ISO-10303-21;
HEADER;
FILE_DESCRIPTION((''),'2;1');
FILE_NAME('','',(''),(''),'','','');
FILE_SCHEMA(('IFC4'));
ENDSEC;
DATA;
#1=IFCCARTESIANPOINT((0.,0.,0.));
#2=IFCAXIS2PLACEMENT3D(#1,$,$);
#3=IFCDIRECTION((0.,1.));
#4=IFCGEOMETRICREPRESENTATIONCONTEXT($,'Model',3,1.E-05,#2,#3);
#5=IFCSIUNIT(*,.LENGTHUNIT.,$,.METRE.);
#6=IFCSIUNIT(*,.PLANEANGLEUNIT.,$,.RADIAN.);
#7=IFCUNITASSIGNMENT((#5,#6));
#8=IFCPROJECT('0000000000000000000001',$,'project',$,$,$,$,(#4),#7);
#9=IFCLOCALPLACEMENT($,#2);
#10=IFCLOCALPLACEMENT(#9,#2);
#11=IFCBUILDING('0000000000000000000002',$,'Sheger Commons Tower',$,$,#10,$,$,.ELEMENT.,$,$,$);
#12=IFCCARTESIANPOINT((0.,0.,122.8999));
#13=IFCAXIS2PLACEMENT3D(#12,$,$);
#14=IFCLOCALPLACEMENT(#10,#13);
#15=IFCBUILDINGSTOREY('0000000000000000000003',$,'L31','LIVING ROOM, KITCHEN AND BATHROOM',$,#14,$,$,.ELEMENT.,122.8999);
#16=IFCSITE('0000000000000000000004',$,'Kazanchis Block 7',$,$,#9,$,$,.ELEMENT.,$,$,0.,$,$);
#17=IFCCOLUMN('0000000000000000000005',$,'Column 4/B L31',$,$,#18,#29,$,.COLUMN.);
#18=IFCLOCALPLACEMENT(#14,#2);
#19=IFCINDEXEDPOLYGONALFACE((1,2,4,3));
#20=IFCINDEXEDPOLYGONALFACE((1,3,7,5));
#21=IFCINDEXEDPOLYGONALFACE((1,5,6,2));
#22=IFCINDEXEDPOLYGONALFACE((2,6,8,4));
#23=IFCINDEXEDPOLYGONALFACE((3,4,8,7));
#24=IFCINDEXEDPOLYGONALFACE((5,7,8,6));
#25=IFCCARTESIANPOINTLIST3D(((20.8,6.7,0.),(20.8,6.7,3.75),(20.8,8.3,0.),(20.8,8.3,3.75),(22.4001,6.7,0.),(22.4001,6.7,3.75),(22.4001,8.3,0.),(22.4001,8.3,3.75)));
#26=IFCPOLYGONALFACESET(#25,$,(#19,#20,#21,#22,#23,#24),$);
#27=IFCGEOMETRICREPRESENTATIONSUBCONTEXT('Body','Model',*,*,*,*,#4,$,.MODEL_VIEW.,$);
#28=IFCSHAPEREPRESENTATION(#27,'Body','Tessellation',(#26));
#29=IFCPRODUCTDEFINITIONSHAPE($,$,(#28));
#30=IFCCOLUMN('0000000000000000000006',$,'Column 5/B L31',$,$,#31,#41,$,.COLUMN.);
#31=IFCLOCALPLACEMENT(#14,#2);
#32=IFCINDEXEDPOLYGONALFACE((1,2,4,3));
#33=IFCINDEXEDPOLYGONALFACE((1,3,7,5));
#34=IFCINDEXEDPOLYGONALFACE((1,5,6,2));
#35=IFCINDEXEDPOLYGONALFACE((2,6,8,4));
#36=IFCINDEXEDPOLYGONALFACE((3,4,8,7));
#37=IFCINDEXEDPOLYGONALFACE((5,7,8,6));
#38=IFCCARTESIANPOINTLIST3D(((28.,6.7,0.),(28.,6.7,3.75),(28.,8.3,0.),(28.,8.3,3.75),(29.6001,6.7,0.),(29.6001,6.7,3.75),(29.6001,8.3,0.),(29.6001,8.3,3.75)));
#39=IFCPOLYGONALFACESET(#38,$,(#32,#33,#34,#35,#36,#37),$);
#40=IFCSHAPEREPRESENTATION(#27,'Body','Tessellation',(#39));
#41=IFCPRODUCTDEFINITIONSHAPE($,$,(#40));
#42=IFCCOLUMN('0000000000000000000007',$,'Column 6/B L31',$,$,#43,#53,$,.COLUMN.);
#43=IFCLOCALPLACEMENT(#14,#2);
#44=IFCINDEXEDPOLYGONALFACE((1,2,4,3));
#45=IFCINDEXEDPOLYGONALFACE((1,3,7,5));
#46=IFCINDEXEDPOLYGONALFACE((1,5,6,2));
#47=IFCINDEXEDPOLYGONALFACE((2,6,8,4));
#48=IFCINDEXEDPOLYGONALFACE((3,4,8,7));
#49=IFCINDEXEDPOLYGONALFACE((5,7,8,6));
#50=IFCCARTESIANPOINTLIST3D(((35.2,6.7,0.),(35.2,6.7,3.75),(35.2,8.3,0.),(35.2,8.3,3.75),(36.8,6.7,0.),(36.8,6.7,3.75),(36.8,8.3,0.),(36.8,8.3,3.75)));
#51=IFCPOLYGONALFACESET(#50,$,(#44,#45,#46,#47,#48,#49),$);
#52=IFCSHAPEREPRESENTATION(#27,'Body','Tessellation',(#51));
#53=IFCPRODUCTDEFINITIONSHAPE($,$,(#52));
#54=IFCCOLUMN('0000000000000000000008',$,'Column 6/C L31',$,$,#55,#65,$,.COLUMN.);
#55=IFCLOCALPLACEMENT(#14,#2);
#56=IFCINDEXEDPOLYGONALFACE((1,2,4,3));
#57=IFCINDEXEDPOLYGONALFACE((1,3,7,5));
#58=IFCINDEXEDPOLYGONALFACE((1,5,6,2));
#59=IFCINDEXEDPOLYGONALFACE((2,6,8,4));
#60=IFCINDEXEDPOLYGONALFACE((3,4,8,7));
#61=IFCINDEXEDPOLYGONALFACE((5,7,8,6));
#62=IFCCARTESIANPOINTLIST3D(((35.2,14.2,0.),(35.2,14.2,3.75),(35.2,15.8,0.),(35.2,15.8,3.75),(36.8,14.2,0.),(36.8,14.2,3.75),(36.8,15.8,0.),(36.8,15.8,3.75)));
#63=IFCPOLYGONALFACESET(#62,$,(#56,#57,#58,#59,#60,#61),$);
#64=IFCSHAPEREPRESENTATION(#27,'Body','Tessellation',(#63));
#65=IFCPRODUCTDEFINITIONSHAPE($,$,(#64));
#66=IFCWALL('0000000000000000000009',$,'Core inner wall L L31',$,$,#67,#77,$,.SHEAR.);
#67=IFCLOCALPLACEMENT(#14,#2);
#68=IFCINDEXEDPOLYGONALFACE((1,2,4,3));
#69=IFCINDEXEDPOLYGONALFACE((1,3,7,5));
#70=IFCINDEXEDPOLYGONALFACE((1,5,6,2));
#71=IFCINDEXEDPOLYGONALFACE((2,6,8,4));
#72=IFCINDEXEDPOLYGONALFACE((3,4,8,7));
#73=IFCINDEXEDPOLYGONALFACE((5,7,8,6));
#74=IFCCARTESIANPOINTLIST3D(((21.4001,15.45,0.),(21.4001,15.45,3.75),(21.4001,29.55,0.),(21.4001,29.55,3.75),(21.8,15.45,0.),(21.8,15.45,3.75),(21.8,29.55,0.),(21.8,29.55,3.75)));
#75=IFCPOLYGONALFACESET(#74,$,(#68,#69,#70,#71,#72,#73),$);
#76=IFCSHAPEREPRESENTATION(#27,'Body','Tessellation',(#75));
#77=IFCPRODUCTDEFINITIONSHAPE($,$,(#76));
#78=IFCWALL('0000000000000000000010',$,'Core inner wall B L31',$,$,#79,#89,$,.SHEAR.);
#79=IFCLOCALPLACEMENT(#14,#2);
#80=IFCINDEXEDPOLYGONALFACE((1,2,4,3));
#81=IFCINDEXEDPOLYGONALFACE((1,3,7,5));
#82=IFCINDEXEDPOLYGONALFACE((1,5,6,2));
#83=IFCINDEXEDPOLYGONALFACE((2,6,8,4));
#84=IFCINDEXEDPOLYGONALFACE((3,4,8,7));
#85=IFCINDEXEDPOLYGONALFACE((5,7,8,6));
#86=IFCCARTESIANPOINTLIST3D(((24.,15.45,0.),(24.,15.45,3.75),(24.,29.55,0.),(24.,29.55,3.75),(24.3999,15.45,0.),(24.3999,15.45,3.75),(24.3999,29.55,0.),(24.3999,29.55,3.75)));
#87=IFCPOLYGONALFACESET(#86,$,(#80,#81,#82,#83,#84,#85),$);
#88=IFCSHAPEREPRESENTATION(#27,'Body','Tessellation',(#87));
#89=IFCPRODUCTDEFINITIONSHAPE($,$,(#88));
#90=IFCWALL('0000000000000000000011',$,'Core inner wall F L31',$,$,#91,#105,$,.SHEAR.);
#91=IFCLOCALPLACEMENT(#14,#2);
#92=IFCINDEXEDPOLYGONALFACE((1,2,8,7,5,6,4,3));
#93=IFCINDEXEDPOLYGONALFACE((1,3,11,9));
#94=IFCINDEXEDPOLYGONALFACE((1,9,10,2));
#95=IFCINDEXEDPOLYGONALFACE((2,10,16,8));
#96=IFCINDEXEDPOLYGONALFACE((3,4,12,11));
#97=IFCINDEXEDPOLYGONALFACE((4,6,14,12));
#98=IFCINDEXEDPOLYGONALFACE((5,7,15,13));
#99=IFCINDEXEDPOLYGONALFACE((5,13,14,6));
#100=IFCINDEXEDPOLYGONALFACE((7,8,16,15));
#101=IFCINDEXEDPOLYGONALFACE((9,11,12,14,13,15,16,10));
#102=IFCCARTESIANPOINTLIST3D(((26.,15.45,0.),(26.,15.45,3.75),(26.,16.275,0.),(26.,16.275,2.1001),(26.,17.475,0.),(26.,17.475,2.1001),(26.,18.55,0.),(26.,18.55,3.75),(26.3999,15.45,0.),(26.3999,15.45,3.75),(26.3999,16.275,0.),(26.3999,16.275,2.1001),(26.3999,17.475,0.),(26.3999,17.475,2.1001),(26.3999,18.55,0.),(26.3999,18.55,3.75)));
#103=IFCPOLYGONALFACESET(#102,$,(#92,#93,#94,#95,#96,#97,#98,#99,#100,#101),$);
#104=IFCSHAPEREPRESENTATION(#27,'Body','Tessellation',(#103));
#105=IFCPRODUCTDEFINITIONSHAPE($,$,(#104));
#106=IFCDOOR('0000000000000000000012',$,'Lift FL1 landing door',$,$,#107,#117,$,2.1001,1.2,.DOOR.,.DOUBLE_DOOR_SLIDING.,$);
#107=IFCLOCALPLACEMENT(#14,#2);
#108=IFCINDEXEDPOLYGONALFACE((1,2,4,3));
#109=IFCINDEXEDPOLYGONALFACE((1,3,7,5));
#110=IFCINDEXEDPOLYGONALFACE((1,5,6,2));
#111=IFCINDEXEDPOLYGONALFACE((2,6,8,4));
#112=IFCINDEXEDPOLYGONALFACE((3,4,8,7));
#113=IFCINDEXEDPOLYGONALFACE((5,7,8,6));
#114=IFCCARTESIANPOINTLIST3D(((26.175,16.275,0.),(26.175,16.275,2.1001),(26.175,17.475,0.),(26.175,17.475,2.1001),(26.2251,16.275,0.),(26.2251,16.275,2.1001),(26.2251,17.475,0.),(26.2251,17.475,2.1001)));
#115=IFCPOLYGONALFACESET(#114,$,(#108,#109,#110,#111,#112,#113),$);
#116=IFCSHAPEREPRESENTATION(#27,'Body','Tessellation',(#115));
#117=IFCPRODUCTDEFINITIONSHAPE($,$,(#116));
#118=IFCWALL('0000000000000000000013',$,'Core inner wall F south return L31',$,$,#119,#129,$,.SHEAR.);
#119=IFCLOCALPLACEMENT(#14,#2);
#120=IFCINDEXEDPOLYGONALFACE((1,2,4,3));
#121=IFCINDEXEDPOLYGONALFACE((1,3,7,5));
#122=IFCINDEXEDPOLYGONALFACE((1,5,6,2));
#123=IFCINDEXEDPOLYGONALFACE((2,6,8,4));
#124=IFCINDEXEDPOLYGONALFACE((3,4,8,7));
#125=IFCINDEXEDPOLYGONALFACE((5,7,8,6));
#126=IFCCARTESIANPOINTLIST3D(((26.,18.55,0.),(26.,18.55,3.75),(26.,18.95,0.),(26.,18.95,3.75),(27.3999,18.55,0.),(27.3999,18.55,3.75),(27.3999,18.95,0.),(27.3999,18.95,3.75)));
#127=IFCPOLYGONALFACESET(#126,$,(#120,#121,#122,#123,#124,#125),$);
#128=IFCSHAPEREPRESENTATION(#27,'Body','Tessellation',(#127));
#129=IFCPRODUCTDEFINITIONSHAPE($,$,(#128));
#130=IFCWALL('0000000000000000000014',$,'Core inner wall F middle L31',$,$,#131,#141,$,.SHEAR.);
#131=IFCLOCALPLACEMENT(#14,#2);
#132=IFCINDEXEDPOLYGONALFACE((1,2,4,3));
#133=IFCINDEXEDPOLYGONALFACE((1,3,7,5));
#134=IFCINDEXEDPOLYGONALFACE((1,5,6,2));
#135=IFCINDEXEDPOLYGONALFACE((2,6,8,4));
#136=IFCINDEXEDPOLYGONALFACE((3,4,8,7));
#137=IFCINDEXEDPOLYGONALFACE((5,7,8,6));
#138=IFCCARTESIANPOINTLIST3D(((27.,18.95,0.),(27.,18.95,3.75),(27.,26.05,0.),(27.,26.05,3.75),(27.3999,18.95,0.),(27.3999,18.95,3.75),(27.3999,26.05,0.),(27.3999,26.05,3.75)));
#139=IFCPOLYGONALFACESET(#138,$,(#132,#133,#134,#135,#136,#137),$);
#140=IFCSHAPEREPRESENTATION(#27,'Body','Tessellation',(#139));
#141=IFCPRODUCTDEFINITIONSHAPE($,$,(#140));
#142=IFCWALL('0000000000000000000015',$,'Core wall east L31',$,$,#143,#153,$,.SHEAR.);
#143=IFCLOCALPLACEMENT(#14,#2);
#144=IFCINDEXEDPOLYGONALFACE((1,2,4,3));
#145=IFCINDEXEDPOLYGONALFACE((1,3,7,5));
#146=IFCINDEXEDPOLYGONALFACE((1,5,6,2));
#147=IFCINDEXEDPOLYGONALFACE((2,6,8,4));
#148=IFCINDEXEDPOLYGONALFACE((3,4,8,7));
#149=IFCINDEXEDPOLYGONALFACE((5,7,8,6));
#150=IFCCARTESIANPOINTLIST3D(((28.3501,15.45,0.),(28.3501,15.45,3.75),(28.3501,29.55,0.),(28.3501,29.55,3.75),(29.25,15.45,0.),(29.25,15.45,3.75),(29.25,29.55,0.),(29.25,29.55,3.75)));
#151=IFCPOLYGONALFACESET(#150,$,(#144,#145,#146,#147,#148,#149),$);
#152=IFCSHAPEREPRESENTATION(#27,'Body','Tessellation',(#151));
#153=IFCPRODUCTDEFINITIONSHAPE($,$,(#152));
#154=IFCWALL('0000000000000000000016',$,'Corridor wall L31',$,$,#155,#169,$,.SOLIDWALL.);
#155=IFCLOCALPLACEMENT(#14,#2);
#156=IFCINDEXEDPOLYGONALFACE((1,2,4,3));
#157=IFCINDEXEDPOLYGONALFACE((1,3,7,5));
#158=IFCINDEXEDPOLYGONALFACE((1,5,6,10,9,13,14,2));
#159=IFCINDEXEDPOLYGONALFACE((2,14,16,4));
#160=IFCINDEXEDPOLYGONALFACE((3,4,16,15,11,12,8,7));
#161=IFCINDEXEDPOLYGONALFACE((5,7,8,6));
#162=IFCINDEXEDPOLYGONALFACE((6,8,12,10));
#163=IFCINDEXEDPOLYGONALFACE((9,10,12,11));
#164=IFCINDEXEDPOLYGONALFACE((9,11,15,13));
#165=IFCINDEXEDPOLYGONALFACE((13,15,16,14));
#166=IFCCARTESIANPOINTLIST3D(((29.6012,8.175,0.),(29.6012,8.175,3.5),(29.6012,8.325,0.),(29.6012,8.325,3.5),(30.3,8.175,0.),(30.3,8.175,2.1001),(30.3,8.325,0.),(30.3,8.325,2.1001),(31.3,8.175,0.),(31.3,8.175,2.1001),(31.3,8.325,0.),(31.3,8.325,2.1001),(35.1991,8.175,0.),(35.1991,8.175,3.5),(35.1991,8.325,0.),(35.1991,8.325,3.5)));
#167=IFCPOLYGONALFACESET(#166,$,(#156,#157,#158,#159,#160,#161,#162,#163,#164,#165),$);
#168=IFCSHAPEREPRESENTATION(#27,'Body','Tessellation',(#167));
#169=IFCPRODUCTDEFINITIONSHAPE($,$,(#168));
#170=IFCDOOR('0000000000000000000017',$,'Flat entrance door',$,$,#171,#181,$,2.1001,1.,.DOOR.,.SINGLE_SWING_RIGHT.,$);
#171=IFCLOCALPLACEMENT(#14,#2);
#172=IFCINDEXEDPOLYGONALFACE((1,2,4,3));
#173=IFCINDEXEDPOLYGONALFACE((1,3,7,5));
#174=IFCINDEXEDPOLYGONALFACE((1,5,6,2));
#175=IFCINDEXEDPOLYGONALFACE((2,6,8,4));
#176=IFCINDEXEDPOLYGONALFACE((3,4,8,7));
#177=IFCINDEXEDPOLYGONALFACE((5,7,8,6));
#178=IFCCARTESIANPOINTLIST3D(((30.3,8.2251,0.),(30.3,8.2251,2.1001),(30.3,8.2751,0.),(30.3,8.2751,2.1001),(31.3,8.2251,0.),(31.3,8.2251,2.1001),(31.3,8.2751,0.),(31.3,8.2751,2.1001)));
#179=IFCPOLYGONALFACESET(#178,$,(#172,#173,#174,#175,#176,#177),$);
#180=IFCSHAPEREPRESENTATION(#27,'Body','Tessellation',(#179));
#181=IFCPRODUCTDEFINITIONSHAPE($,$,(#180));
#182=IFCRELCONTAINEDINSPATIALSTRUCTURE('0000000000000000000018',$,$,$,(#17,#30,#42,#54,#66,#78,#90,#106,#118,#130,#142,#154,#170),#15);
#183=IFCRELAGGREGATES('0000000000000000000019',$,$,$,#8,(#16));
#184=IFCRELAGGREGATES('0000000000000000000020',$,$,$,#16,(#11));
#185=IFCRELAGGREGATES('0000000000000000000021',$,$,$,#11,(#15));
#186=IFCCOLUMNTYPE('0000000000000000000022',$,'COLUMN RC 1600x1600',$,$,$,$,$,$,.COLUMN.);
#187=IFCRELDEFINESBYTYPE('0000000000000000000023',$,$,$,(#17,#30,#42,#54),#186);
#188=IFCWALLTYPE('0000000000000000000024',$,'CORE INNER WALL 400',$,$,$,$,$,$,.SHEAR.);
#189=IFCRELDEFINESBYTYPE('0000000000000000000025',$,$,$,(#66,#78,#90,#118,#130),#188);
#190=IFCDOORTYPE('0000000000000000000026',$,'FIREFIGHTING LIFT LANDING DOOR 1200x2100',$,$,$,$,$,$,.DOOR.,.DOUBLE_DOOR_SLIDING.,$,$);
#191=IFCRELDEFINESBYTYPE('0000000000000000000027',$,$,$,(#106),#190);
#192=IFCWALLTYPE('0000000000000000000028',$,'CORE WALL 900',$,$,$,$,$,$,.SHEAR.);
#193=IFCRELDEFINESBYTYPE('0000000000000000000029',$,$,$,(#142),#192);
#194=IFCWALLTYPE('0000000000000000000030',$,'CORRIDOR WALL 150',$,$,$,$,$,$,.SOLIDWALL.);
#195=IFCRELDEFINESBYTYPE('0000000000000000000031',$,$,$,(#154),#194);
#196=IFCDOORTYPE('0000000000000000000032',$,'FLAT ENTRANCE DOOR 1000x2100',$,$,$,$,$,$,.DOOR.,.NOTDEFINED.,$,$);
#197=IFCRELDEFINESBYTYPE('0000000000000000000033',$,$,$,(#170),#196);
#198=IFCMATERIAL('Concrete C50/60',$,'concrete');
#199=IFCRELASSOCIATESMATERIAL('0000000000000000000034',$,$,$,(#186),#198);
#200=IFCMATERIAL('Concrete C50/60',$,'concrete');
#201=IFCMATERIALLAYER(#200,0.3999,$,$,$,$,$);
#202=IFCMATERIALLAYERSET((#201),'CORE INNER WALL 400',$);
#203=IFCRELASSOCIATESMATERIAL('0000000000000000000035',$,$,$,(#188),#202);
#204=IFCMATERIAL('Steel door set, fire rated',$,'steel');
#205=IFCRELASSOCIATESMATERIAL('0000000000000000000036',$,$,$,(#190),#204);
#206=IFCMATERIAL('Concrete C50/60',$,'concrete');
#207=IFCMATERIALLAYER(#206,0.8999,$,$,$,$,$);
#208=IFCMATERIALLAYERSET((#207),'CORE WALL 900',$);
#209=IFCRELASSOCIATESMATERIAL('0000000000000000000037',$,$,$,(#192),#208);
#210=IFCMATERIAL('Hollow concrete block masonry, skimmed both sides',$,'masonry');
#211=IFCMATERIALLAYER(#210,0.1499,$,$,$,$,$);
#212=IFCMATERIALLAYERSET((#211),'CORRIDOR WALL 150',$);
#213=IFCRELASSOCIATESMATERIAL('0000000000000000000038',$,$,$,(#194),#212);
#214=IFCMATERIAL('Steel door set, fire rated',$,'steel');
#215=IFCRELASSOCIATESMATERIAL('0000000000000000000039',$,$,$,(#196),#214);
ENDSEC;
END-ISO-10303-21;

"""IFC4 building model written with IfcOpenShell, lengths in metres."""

from ifc_helpers import new_model, si_unit, direction, frame, frame_2d, origin, origin_2d, place, context, subcontext, project, spatial, rectangle, extrude, material, layer, layer_set, material_profile, profile_set, type_object, element, fill, save


model = new_model("IFC4")

# Units and contexts
model_context = context("Model", 3, precision=1e-05, world=origin(), true_north=direction((0.0, 1.0)))
body_context = subcontext(model_context, "Body", "Model", "MODEL_VIEW")
ifc_project = project(units=[si_unit("LENGTHUNIT", "METRE"), si_unit("PLANEANGLEUNIT", "RADIAN")], contexts=[model_context])

# Site, building, storey
site_placement = place(None, origin())
site = spatial("IfcSite", under=ifc_project, at=site_placement, Name="Kazanchis Block 7", CompositionType="ELEMENT", RefElevation=0.0)
building_placement = place(site_placement, origin())
building = spatial("IfcBuilding", under=site, at=building_placement, Name="Sheger Commons Tower", CompositionType="ELEMENT")
storey_placement = place(building_placement, frame((0.0, 0.0, 122.8999)))
storey = spatial("IfcBuildingStorey", under=building, at=storey_placement, Name="L31", Description="LIVING ROOM, KITCHEN AND BATHROOM", CompositionType="ELEMENT", Elevation=122.8999)

# Columns
ifc_material_1 = material(Name="Concrete C50/60", Category="concrete")
ifc_material_profile = material_profile(ifc_material_1, rectangle(XDim=1.6001, YDim=1.6001, at=origin_2d()), Name="RC 1600x1600")
ifc_profile_set = profile_set([ifc_material_profile], Name="Concrete C50/60")
column_type = type_object("IfcColumnType", Name="COLUMN RC 1600x1600", PredefinedType="COLUMN", material=ifc_profile_set)
for number, where, z_axis, x_axis, name in (
    (1, (21.6001, 7.5, 0.0), (0.0, 0.0, 1.0), (1.0, 0.0, 0.0), "Column 4/B L31"),
    (2, (28.8, 7.5, 0.0), (0.0, 0.0, 1.0), (1.0, 0.0, 0.0), "Column 5/B L31"),
    (3, (36.0, 7.5, 0.0), (0.0, 0.0, 1.0), (1.0, 0.0, 0.0), "Column 6/B L31"),
    (4, (36.0, 15.0, 0.0), (0.0, 0.0, 1.0), (1.0, 0.0, 0.0), "Column 6/C L31"),
):
    element("IfcColumn", number, at=place(storey_placement, frame(where, z_axis=z_axis, x_axis=x_axis)), inside=storey, type_object=column_type, Name=name, PredefinedType="COLUMN", context=body_context, shape_type="SweptSolid", body=[
        extrude(rectangle(XDim=1.6001, YDim=1.6001, at=origin_2d()), origin(), (0.0, 0.0, 1.0), 3.75),
    ])

# Walls
ifc_material_2 = material(Name="Concrete C50/60", Category="concrete")
ifc_layer_1 = layer(ifc_material_2, 0.3999)
ifc_layer_set_1 = layer_set([ifc_layer_1], Name="CORE INNER WALL 400")
wall_type_1 = type_object("IfcWallType", Name="CORE INNER WALL 400", PredefinedType="SHEAR", material=ifc_layer_set_1)
for number, where, z_axis, x_axis, name in (
    (5, (21.6001, 15.45, 0.0), (0.0, 0.0, 1.0), (0.0, 1.0, 0.0), "Core inner wall L L31"),
    (6, (24.2, 15.45, 0.0), (0.0, 0.0, 1.0), (0.0, 1.0, 0.0), "Core inner wall B L31"),
):
    element("IfcWall", number, at=place(storey_placement, frame(where, z_axis=z_axis, x_axis=x_axis)), inside=storey, type_object=wall_type_1, Name=name, PredefinedType="SHEAR", context=body_context, shape_type="SweptSolid", body=[
        extrude(rectangle(XDim=14.1001, YDim=0.3999, at=frame_2d((7.05, 0.0))), origin(), (0.0, 0.0, 1.0), 3.75),
    ])

# Wall, opening, door
wall_1_placement = place(storey_placement, frame((26.2, 15.45, 0.0), z_axis=(0.0, 0.0, 1.0), x_axis=(0.0, 1.0, 0.0)))
wall_1 = element("IfcWall", 7, at=wall_1_placement, inside=storey, type_object=wall_type_1, Name="Core inner wall F L31", PredefinedType="SHEAR", context=body_context, shape_type="SweptSolid", body=[
    extrude(rectangle(XDim=3.1001, YDim=0.3999, at=frame_2d((1.55, 0.0))), origin(), (0.0, 0.0, 1.0), 3.75),
])
opening_1_placement = place(wall_1_placement, frame((0.825, 0.0, 0.0)))
opening_1 = element("IfcOpeningElement", 8, at=opening_1_placement, cuts=wall_1, PredefinedType="OPENING", context=body_context, shape_type="SweptSolid", body=[
    extrude(rectangle(XDim=1.2, YDim=2.1001, at=frame_2d((0.6001, 1.05))), frame((0.0, 0.21, 0.0), z_axis=(0.0, -1.0, 0.0), x_axis=(1.0, 0.0, 0.0)), (0.0, 0.0, 1.0), 0.4199),
])
ifc_material_3 = material(Name="Steel door set, fire rated", Category="steel")
door_type_1 = type_object("IfcDoorType", Name="FIREFIGHTING LIFT LANDING DOOR 1200x2100", OperationType="DOUBLE_DOOR_SLIDING", PredefinedType="DOOR", material=ifc_material_3)
door_1_placement = place(opening_1_placement, origin())
door_1 = element("IfcDoor", 9, at=door_1_placement, inside=storey, type_object=door_type_1, Name="Lift FL1 landing door", OperationType="DOUBLE_DOOR_SLIDING", OverallHeight=2.1001, OverallWidth=1.2, PredefinedType="DOOR", context=body_context, shape_type="SweptSolid", body=[
    extrude(rectangle(XDim=1.2, YDim=2.1001, at=frame_2d((0.6001, 1.05))), frame((0.0, 0.0249, 0.0), z_axis=(0.0, -1.0, 0.0), x_axis=(1.0, 0.0, 0.0)), (0.0, 0.0, 1.0), 0.05),
])
fill(opening_1, door_1)

# Walls
wall_2_placement = place(storey_placement, frame((26.0, 18.75, 0.0), z_axis=(0.0, 0.0, 1.0), x_axis=(1.0, 0.0, 0.0)))
element("IfcWall", 10, at=wall_2_placement, inside=storey, type_object=wall_type_1, Name="Core inner wall F south return L31", PredefinedType="SHEAR", context=body_context, shape_type="SweptSolid", body=[
    extrude(rectangle(XDim=1.3999, YDim=0.3999, at=frame_2d((0.7, 0.0))), origin(), (0.0, 0.0, 1.0), 3.75),
])
wall_3_placement = place(storey_placement, frame((27.2, 18.95, 0.0), z_axis=(0.0, 0.0, 1.0), x_axis=(0.0, 1.0, 0.0)))
element("IfcWall", 11, at=wall_3_placement, inside=storey, type_object=wall_type_1, Name="Core inner wall F middle L31", PredefinedType="SHEAR", context=body_context, shape_type="SweptSolid", body=[
    extrude(rectangle(XDim=7.1001, YDim=0.3999, at=frame_2d((3.55, 0.0))), origin(), (0.0, 0.0, 1.0), 3.75),
])
ifc_material_4 = material(Name="Concrete C50/60", Category="concrete")
ifc_layer_2 = layer(ifc_material_4, 0.8999)
ifc_layer_set_2 = layer_set([ifc_layer_2], Name="CORE WALL 900")
wall_type_2 = type_object("IfcWallType", Name="CORE WALL 900", PredefinedType="SHEAR", material=ifc_layer_set_2)
wall_4_placement = place(storey_placement, frame((28.8, 15.45, 0.0), z_axis=(0.0, 0.0, 1.0), x_axis=(0.0, 1.0, 0.0)))
element("IfcWall", 12, at=wall_4_placement, inside=storey, type_object=wall_type_2, Name="Core wall east L31", PredefinedType="SHEAR", context=body_context, shape_type="SweptSolid", body=[
    extrude(rectangle(XDim=14.1001, YDim=0.8999, at=frame_2d((7.05, 0.0))), origin(), (0.0, 0.0, 1.0), 3.75),
])

# Wall, opening, door
ifc_material_5 = material(Name="Hollow concrete block masonry, skimmed both sides", Category="masonry")
ifc_layer_3 = layer(ifc_material_5, 0.1499)
ifc_layer_set_3 = layer_set([ifc_layer_3], Name="CORRIDOR WALL 150")
wall_type_3 = type_object("IfcWallType", Name="CORRIDOR WALL 150", PredefinedType="SOLIDWALL", material=ifc_layer_set_3)
wall_5_placement = place(storey_placement, frame((35.199, 8.25, 0.0), z_axis=(0.0, 0.0, 1.0), x_axis=(-1.0, 0.0, 0.0)))
wall_5 = element("IfcWall", 13, at=wall_5_placement, inside=storey, type_object=wall_type_3, Name="Corridor wall L31", PredefinedType="SOLIDWALL", context=body_context, shape_type="SweptSolid", body=[
    extrude(rectangle(XDim=5.5979, YDim=0.1499, at=frame_2d((2.7988, 0.0))), origin(), (0.0, 0.0, 1.0), 3.5),
])
opening_2_placement = place(wall_5_placement, frame((3.8989, 0.0, 0.0)))
opening_2 = element("IfcOpeningElement", 14, at=opening_2_placement, cuts=wall_5, PredefinedType="OPENING", context=body_context, shape_type="SweptSolid", body=[
    extrude(rectangle(XDim=1.0, YDim=2.1001, at=frame_2d((0.5, 1.05))), frame((0.0, 0.085, 0.0), z_axis=(0.0, -1.0, 0.0), x_axis=(1.0, 0.0, 0.0)), (0.0, 0.0, 1.0), 0.1699),
])
ifc_material_6 = material(Name="Steel door set, fire rated", Category="steel")
door_type_2 = type_object("IfcDoorType", Name="FLAT ENTRANCE DOOR 1000x2100", OperationType="NOTDEFINED", PredefinedType="DOOR", material=ifc_material_6)
door_2_placement = place(opening_2_placement, origin())
door_2 = element("IfcDoor", 15, at=door_2_placement, inside=storey, type_object=door_type_2, Name="Flat entrance door", OperationType="SINGLE_SWING_RIGHT", OverallHeight=2.1001, OverallWidth=1.0, PredefinedType="DOOR", context=body_context, shape_type="SweptSolid", body=[
    extrude(rectangle(XDim=1.0, YDim=2.1001, at=frame_2d((0.5, 1.05))), frame((0.0, 0.0249, 0.0), z_axis=(0.0, -1.0, 0.0), x_axis=(1.0, 0.0, 0.0)), (0.0, 0.0, 1.0), 0.05),
])
fill(opening_2, door_2)

save(model, "model.ifc")
